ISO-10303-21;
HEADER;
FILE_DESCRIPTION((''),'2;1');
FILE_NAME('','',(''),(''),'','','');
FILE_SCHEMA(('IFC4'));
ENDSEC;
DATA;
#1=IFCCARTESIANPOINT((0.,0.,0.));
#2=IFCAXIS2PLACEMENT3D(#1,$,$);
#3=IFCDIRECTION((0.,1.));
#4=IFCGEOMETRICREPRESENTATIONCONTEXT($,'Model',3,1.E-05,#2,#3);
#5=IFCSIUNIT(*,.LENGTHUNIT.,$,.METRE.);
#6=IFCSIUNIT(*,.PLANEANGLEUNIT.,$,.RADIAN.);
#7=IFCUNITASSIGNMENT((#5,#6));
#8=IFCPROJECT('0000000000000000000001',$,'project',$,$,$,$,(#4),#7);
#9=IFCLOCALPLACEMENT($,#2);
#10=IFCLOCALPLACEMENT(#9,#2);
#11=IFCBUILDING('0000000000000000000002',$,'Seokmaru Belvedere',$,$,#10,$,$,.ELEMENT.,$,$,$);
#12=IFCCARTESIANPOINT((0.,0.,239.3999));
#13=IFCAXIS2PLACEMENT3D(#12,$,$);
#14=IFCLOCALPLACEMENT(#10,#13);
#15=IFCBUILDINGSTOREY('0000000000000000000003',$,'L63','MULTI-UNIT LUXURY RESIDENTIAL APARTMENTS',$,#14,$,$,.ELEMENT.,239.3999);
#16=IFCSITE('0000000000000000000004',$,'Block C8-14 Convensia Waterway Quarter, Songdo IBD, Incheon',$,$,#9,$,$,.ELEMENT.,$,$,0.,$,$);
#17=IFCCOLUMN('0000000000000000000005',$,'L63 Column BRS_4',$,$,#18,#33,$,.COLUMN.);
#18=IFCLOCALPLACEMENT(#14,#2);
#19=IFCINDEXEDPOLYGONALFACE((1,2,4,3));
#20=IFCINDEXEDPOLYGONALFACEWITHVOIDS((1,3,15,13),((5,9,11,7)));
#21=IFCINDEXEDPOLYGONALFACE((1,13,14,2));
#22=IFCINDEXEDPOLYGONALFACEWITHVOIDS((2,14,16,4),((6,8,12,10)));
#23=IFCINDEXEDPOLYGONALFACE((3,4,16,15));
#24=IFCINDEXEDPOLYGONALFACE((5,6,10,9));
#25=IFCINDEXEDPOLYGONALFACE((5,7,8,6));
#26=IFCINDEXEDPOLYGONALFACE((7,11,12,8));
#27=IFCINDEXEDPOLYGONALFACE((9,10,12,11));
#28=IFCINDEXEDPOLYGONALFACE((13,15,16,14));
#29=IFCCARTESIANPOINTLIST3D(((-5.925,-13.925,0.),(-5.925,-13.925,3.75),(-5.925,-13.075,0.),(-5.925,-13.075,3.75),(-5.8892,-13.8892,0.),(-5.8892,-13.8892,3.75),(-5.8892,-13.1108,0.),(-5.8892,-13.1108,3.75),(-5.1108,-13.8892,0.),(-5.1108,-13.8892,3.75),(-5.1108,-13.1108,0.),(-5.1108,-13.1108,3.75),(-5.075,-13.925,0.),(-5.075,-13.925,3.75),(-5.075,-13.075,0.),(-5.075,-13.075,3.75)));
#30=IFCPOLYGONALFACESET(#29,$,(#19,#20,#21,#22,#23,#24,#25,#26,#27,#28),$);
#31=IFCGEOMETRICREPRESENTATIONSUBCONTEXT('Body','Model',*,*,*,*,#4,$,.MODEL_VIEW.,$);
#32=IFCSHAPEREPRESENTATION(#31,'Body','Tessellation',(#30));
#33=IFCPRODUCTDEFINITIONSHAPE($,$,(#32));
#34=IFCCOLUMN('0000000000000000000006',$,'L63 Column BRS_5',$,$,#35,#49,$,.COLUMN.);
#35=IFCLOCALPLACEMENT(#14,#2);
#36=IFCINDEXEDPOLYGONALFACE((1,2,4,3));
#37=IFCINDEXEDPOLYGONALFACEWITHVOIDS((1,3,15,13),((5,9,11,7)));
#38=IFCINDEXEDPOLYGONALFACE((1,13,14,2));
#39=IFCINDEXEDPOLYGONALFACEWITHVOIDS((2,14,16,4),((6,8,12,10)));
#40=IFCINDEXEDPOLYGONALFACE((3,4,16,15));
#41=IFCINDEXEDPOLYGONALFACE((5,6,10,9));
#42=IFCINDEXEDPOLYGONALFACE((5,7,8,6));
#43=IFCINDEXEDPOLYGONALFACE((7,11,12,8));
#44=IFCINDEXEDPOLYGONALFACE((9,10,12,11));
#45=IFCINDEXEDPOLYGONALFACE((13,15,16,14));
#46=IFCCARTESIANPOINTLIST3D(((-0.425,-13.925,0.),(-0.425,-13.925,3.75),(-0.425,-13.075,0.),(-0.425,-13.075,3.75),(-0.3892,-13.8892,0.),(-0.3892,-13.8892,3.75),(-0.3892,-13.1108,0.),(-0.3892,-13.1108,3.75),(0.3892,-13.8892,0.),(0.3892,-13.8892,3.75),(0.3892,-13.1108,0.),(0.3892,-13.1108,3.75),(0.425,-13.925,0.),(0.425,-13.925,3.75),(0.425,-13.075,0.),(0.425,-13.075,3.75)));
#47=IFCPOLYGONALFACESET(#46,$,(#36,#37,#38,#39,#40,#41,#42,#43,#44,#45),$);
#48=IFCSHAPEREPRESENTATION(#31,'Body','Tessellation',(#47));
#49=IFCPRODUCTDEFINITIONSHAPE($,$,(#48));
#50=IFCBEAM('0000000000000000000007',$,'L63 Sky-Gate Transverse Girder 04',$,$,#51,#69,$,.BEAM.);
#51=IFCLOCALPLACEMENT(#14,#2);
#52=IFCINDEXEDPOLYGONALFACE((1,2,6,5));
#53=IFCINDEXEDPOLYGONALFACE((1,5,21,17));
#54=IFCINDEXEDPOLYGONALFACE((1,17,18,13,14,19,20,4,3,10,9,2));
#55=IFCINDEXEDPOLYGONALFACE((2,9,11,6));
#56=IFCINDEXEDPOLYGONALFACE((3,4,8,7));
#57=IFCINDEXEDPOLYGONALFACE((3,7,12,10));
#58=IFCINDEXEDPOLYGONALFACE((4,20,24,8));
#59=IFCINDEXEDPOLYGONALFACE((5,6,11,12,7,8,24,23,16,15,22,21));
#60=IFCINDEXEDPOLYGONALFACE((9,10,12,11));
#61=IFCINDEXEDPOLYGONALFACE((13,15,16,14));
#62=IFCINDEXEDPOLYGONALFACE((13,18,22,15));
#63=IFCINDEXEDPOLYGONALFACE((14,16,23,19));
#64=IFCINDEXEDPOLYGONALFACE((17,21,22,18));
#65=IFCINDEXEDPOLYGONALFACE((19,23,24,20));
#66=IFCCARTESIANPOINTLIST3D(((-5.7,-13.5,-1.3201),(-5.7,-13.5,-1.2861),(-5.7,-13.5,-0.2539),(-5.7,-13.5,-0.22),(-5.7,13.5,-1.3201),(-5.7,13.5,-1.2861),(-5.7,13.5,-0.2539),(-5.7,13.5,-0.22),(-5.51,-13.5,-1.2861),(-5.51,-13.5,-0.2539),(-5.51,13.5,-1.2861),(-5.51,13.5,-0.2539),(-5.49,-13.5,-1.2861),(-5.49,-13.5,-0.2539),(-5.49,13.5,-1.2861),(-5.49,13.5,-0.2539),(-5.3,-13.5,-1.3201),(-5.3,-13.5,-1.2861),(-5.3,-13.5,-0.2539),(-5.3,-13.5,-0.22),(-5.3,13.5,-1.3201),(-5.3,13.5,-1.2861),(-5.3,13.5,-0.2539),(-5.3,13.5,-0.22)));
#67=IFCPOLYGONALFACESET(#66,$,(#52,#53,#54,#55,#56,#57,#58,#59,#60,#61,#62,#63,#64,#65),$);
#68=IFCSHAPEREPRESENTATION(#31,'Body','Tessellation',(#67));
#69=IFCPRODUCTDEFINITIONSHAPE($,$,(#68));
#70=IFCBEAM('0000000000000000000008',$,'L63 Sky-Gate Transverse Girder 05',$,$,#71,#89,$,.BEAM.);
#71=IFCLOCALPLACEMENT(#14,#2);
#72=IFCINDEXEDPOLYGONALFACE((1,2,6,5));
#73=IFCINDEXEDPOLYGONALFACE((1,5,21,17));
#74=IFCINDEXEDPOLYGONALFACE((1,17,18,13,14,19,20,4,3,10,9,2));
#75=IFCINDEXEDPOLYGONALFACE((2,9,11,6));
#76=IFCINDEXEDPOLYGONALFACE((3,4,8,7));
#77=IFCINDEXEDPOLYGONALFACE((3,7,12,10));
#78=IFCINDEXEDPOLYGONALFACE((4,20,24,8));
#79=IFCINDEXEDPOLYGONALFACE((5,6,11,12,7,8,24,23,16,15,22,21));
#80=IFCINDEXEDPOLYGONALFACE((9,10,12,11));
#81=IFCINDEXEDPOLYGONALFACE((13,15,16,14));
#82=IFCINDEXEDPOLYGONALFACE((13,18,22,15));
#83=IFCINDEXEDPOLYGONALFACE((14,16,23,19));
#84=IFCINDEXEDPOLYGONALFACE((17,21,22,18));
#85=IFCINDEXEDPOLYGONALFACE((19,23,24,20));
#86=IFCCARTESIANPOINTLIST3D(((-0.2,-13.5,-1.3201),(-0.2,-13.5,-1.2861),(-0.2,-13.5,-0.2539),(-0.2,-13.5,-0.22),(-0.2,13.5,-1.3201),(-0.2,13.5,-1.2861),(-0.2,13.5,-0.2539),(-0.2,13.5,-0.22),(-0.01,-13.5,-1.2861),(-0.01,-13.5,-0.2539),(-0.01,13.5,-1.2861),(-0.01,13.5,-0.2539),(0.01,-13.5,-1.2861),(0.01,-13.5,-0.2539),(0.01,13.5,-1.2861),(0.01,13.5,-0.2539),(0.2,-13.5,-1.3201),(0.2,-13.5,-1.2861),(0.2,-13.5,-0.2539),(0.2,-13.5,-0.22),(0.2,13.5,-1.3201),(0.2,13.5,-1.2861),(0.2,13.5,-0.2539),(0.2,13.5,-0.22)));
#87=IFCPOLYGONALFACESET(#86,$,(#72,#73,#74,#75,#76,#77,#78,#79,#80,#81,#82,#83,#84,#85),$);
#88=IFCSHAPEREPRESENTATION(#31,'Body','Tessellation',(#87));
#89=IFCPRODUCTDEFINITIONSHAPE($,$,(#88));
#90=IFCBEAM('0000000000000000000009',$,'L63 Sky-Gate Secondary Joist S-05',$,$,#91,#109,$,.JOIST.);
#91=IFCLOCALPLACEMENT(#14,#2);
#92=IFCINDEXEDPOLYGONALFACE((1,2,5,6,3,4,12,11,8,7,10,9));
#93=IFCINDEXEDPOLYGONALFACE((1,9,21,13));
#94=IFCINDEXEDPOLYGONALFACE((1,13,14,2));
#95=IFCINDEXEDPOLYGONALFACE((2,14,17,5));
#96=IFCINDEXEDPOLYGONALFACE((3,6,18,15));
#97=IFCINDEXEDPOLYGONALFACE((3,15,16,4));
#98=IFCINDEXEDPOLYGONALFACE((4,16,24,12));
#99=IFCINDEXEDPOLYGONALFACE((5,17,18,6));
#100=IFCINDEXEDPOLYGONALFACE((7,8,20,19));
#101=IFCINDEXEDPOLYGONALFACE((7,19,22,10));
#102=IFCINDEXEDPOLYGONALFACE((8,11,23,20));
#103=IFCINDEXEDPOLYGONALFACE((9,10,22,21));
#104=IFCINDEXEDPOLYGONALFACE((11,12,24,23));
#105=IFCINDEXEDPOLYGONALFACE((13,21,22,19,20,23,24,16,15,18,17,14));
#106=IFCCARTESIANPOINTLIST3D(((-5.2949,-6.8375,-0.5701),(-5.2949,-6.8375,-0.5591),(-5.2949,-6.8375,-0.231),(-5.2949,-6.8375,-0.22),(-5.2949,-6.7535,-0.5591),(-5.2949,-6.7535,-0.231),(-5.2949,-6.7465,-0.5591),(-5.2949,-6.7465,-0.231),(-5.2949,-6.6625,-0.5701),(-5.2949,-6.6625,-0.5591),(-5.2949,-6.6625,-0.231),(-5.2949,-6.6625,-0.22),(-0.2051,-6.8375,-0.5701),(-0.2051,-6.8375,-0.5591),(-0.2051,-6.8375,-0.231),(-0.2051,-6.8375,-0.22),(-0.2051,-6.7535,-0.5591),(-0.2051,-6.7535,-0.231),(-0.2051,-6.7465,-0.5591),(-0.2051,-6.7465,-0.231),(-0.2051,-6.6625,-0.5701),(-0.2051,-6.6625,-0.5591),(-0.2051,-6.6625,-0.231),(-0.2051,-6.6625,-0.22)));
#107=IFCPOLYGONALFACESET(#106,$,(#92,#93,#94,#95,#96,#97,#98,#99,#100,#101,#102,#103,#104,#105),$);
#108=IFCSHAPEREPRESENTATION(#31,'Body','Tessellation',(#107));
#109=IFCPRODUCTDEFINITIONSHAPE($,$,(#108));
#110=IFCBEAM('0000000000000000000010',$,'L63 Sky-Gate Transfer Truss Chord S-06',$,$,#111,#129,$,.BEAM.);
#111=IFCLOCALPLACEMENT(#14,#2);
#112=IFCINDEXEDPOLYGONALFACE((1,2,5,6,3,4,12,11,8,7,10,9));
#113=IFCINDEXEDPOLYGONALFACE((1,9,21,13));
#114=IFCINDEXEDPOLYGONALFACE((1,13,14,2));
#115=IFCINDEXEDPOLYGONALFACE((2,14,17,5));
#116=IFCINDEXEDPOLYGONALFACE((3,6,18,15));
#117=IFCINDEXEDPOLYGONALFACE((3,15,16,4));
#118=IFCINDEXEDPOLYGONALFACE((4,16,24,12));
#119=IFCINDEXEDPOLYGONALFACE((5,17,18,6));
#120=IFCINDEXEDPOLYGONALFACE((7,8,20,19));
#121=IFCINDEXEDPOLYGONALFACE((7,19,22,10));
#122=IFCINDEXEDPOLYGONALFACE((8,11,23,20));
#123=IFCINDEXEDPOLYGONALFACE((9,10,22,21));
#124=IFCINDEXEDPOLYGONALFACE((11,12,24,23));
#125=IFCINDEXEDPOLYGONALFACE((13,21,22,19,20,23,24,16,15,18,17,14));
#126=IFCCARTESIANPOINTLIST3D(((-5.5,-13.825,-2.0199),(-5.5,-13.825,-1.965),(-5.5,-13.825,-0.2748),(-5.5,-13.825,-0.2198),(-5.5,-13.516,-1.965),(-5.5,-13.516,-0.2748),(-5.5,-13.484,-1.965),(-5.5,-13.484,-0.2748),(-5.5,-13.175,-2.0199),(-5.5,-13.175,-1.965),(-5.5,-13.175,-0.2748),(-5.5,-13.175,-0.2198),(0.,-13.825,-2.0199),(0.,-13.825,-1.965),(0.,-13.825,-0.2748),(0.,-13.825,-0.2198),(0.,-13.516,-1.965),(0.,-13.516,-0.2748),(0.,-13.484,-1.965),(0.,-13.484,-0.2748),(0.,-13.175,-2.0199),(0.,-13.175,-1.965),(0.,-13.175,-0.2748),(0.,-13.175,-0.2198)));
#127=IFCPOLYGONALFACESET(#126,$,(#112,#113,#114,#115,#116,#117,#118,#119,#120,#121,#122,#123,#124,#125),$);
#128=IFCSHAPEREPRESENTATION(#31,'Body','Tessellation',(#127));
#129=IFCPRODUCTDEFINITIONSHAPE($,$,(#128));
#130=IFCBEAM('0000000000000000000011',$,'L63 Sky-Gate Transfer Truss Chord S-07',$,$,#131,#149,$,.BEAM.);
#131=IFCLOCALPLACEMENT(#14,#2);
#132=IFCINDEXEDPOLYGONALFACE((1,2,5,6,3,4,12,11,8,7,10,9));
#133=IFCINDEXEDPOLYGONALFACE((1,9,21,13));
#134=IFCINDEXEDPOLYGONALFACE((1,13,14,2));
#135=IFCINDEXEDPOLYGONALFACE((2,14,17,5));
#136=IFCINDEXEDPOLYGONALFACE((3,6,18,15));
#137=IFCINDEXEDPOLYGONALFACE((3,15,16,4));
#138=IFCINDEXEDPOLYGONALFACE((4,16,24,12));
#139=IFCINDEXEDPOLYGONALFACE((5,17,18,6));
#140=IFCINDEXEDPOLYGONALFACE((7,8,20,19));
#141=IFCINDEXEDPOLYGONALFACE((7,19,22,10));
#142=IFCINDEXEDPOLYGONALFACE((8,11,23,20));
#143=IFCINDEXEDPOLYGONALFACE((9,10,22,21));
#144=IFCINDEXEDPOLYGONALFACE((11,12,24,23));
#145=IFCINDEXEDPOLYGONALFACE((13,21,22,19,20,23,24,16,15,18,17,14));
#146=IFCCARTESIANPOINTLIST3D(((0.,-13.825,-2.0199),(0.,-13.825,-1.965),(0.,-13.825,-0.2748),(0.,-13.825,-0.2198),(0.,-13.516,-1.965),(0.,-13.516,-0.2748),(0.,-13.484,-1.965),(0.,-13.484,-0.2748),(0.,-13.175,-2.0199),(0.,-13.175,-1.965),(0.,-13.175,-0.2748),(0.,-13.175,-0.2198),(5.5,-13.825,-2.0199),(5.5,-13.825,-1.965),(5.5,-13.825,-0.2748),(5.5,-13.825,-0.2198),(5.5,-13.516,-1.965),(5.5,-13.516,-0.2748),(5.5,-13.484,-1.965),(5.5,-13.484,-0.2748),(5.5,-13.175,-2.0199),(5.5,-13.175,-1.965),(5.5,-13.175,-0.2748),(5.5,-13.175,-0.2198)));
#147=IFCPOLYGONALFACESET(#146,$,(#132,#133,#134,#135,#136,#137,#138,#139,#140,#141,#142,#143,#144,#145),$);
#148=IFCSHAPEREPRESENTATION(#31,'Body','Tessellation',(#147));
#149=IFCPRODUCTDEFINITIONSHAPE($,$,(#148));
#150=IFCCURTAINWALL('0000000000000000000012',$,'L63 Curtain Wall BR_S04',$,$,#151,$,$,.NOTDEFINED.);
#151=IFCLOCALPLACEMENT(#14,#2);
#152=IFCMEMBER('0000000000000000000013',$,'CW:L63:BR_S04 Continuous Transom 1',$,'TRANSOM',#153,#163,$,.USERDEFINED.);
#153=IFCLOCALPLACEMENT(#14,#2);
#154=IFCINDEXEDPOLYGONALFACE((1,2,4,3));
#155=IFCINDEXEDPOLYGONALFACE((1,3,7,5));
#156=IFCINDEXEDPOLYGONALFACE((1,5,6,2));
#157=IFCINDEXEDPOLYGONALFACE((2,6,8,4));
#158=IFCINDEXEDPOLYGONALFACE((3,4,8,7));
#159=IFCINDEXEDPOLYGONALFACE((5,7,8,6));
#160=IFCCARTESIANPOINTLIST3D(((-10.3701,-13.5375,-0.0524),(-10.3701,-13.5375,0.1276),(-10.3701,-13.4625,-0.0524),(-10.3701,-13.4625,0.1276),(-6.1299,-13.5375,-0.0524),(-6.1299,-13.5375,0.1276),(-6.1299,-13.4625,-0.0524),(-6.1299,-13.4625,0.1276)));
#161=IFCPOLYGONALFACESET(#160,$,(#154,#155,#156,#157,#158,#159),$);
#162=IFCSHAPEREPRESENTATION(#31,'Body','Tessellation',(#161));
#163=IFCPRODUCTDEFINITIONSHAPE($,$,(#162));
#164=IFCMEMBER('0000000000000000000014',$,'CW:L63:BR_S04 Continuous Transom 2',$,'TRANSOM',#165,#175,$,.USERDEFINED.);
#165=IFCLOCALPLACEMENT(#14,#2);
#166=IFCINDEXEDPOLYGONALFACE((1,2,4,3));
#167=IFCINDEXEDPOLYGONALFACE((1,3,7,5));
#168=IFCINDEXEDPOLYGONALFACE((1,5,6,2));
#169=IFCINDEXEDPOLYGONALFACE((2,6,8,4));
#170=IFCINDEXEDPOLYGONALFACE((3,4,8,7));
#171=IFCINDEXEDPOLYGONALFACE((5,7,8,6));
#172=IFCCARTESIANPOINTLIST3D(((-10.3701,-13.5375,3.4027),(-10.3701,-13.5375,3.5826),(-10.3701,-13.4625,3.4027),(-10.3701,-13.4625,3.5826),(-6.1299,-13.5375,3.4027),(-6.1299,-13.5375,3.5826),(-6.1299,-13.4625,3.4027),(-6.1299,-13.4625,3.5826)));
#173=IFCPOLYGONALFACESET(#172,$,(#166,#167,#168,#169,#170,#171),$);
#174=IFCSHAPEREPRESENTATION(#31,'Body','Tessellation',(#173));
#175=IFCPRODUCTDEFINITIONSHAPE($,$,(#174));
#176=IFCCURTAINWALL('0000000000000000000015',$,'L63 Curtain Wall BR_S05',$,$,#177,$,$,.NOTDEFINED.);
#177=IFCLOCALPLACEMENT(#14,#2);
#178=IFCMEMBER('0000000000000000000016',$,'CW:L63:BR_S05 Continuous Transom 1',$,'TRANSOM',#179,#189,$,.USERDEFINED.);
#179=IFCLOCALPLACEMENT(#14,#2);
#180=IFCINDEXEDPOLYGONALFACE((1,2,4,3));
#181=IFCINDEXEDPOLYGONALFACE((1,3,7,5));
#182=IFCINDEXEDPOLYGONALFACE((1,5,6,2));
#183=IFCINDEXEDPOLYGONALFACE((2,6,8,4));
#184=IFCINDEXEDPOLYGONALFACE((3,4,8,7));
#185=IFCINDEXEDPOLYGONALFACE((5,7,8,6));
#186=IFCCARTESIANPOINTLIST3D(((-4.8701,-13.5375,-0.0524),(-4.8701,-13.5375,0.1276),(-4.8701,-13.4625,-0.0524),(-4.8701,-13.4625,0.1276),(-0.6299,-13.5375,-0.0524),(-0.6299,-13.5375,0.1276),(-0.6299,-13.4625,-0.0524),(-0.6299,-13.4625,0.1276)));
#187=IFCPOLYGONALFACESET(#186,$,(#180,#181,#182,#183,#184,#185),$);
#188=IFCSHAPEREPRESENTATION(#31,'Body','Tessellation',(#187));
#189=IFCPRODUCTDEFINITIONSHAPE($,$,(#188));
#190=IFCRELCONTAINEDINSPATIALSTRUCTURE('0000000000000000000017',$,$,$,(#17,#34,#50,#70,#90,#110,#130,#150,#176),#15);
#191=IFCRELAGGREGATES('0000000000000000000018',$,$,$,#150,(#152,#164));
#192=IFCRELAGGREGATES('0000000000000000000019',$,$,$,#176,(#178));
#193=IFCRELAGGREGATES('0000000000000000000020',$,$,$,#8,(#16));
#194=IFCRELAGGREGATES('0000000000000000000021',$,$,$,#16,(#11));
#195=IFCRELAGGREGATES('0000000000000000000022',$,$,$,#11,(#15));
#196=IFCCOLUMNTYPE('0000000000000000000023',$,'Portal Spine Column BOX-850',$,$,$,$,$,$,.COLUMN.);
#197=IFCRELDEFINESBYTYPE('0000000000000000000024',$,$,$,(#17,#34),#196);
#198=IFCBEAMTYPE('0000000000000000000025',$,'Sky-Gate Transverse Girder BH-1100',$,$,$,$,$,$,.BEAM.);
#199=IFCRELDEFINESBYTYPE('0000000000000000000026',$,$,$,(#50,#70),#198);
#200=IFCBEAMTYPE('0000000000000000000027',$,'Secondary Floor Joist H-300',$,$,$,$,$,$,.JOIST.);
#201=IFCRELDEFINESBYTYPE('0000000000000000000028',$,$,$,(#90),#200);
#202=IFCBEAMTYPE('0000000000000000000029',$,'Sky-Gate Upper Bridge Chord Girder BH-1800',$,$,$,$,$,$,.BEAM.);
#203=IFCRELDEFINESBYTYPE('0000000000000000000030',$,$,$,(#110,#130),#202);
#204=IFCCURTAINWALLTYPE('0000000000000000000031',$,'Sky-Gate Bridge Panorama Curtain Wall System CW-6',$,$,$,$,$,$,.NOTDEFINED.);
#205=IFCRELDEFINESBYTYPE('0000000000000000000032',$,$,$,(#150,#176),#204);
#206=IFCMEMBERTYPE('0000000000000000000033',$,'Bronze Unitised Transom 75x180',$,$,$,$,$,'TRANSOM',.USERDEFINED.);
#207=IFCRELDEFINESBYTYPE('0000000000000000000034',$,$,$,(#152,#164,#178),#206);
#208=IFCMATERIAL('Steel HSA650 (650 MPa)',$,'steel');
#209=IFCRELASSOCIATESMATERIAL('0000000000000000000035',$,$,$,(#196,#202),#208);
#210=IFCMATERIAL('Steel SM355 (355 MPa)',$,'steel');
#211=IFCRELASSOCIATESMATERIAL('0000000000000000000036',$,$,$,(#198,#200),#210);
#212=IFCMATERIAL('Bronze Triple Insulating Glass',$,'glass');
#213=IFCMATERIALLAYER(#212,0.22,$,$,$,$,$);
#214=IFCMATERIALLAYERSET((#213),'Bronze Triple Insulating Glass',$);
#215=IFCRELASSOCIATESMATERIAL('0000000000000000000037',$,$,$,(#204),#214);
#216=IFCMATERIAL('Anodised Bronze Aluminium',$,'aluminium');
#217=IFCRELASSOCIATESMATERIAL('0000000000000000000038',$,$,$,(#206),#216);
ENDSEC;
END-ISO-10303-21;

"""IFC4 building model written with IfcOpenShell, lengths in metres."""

from ifc_helpers import new_model, si_unit, direction, frame, origin, origin_2d, place, context, subcontext, project, spatial, rectangle, hollow_rectangle, i_section, extrude, source, transform, mapped, material, layer, layer_set, material_profile, profile_set, type_object, type_shapes, element, aggregate, save


model = new_model("IFC4")

# Units and contexts
model_context = context("Model", 3, precision=1e-05, world=origin(), true_north=direction((0.0, 1.0)))
body_context = subcontext(model_context, "Body", "Model", "MODEL_VIEW")
ifc_project = project(units=[si_unit("LENGTHUNIT", "METRE"), si_unit("PLANEANGLEUNIT", "RADIAN")], contexts=[model_context])

# Site, building, storey
site_placement = place(None, origin())
site = spatial("IfcSite", under=ifc_project, at=site_placement, Name="Block C8-14 Convensia Waterway Quarter, Songdo IBD, Incheon", CompositionType="ELEMENT", RefElevation=0.0)
building_placement = place(site_placement, origin())
building = spatial("IfcBuilding", under=site, at=building_placement, Name="Seokmaru Belvedere", CompositionType="ELEMENT")
storey_placement = place(building_placement, frame((0.0, 0.0, 239.3999)))
storey = spatial("IfcBuildingStorey", under=building, at=storey_placement, Name="L63", Description="MULTI-UNIT LUXURY RESIDENTIAL APARTMENTS", CompositionType="ELEMENT", Elevation=239.3999)

# Columns
ifc_material_1 = material(Name="Steel HSA650 (650 MPa)", Category="steel")
ifc_material_profile_1 = material_profile(ifc_material_1, hollow_rectangle(XDim=0.8501, YDim=0.8501, WallThickness=0.0359, at=origin_2d()), Name="BOX-850x850x36")
ifc_profile_set_1 = profile_set([ifc_material_profile_1], Name="Steel HSA650 (650 MPa)")
column_type = type_object("IfcColumnType", Name="Portal Spine Column BOX-850", PredefinedType="COLUMN", material=ifc_profile_set_1)
shared_shape_1 = source(origin(), body_context, "Body", "SweptSolid", [
    extrude(hollow_rectangle(XDim=0.8501, YDim=0.8501, WallThickness=0.0359, at=origin_2d()), origin(), (0.0, 0.0, 1.0), 3.75),
])
type_shapes(column_type, [shared_shape_1])
for number, where, z_axis, x_axis, name in (
    (1, (-5.5, -13.5, 0.0), (0.0, 0.0, 1.0), (1.0, 0.0, 0.0), "L63 Column BRS_4"),
    (2, (0.0, -13.5, 0.0), (0.0, 0.0, 1.0), (1.0, 0.0, 0.0), "L63 Column BRS_5"),
):
    element("IfcColumn", number, at=place(storey_placement, frame(where, z_axis=z_axis, x_axis=x_axis)), inside=storey, type_object=column_type, Name=name, PredefinedType="COLUMN", context=body_context, shape_type="MappedRepresentation", body=[
        mapped(shared_shape_1, transform((0.0, 0.0, 0.0), scale=1.0)),
    ])

# Beams
ifc_material_2 = material(Name="Steel SM355 (355 MPa)", Category="steel")
ifc_material_profile_2 = material_profile(ifc_material_2, i_section(OverallWidth=0.3999, OverallDepth=1.1001, WebThickness=0.02, FlangeThickness=0.0339, at=origin_2d()), Name="BH-1100x400x20x34")
ifc_profile_set_2 = profile_set([ifc_material_profile_2], Name="Steel SM355 (355 MPa)")
beam_type_1 = type_object("IfcBeamType", Name="Sky-Gate Transverse Girder BH-1100", PredefinedType="BEAM", material=ifc_profile_set_2)
shared_shape_2 = source(origin(), body_context, "Body", "SweptSolid", [
    extrude(i_section(OverallWidth=0.3999, OverallDepth=1.1001, WebThickness=0.02, FlangeThickness=0.0339, at=origin_2d()), origin(), (0.0, 0.0, 1.0), 27.0),
])
type_shapes(beam_type_1, [shared_shape_2])
for number, where, z_axis, x_axis, name in (
    (3, (-5.5, -13.5, -0.77), (0.0, 1.0, 0.0), (-1.0, 0.0, 0.0), "L63 Sky-Gate Transverse Girder 04"),
    (4, (0.0, -13.5, -0.77), (0.0, 1.0, 0.0), (-1.0, 0.0, 0.0), "L63 Sky-Gate Transverse Girder 05"),
):
    element("IfcBeam", number, at=place(storey_placement, frame(where, z_axis=z_axis, x_axis=x_axis)), inside=storey, type_object=beam_type_1, Name=name, PredefinedType="BEAM", context=body_context, shape_type="MappedRepresentation", body=[
        mapped(shared_shape_2, transform((0.0, 0.0, 0.0), scale=1.0)),
    ])
ifc_material_profile_3 = material_profile(ifc_material_2, i_section(OverallWidth=0.175, OverallDepth=0.3501, WebThickness=0.0071, FlangeThickness=0.011, at=origin_2d()), Name="H-350x175x7x11")
ifc_profile_set_3 = profile_set([ifc_material_profile_3], Name="Steel SM355 (355 MPa)")
beam_type_2 = type_object("IfcBeamType", Name="Secondary Floor Joist H-300", PredefinedType="JOIST", material=ifc_profile_set_3)
shared_shape_3 = source(origin(), body_context, "Body", "SweptSolid", [
    extrude(i_section(OverallWidth=0.175, OverallDepth=0.3501, WebThickness=0.0071, FlangeThickness=0.011, at=origin_2d()), origin(), (0.0, 0.0, 1.0), 5.0898),
])
type_shapes(beam_type_2, [shared_shape_3])
beam_placement = place(storey_placement, frame((-5.2949, -6.75, -0.395), z_axis=(1.0, 0.0, 0.0), x_axis=(0.0, 1.0, 0.0)))
element("IfcBeam", 5, at=beam_placement, inside=storey, type_object=beam_type_2, Name="L63 Sky-Gate Secondary Joist S-05", PredefinedType="JOIST", context=body_context, shape_type="MappedRepresentation", body=[
    mapped(shared_shape_3, transform((0.0, 0.0, 0.0), scale=1.0)),
])
ifc_material_profile_4 = material_profile(ifc_material_1, i_section(OverallWidth=0.6499, OverallDepth=1.8, WebThickness=0.032, FlangeThickness=0.0549, at=origin_2d()), Name="BH-1800x650x32x55")
ifc_profile_set_4 = profile_set([ifc_material_profile_4], Name="Steel HSA650 (650 MPa)")
beam_type_3 = type_object("IfcBeamType", Name="Sky-Gate Upper Bridge Chord Girder BH-1800", PredefinedType="BEAM", material=ifc_profile_set_4)
shared_shape_4 = source(origin(), body_context, "Body", "SweptSolid", [
    extrude(i_section(OverallWidth=0.6499, OverallDepth=1.8, WebThickness=0.032, FlangeThickness=0.0549, at=origin_2d()), origin(), (0.0, 0.0, 1.0), 5.5),
])
type_shapes(beam_type_3, [shared_shape_4])
for number, where, z_axis, x_axis, name in (
    (6, (-5.5, -13.5, -1.1199), (1.0, 0.0, 0.0), (0.0, 1.0, 0.0), "L63 Sky-Gate Transfer Truss Chord S-06"),
    (7, (0.0, -13.5, -1.1199), (1.0, 0.0, 0.0), (0.0, 1.0, 0.0), "L63 Sky-Gate Transfer Truss Chord S-07"),
):
    element("IfcBeam", number, at=place(storey_placement, frame(where, z_axis=z_axis, x_axis=x_axis)), inside=storey, type_object=beam_type_3, Name=name, PredefinedType="BEAM", context=body_context, shape_type="MappedRepresentation", body=[
        mapped(shared_shape_4, transform((0.0, 0.0, 0.0), scale=1.0)),
    ])

# Curtain walls, members
ifc_material_3 = material(Name="Bronze Triple Insulating Glass", Category="glass")
ifc_layer_1 = layer(ifc_material_3, 0.22)
ifc_layer_set_1 = layer_set([ifc_layer_1], Name="Bronze Triple Insulating Glass")
curtain_wall_type = type_object("IfcCurtainWallType", Name="Sky-Gate Bridge Panorama Curtain Wall System CW-6", PredefinedType="NOTDEFINED", material=ifc_layer_set_1)
curtain_wall_1_placement = place(storey_placement, origin())
curtain_wall_1 = element("IfcCurtainWall", 8, at=curtain_wall_1_placement, inside=storey, type_object=curtain_wall_type, Name="L63 Curtain Wall BR_S04", PredefinedType="NOTDEFINED")
ifc_material_4 = material(Name="Anodised Bronze Aluminium", Category="aluminium")
ifc_material_profile_5 = material_profile(ifc_material_4, rectangle(XDim=0.075, YDim=0.1799, at=origin_2d()), Name="CW-T-75x180")
ifc_profile_set_5 = profile_set([ifc_material_profile_5], Name="Anodised Bronze Aluminium")
member_type_1 = type_object("IfcMemberType", Name="Bronze Unitised Transom 75x180", ElementType="TRANSOM", PredefinedType="USERDEFINED", material=ifc_profile_set_5)
shared_shape_5 = source(origin(), body_context, "Body", "SweptSolid", [
    extrude(rectangle(XDim=0.075, YDim=0.1799, at=origin_2d()), origin(), (0.0, 0.0, 1.0), 4.2402),
])
type_shapes(member_type_1, [shared_shape_5])
member_1_placement = place(storey_placement, frame((-10.3701, -13.5, 0.0376), z_axis=(1.0, 0.0, 0.0), x_axis=(0.0, 1.0, 0.0)))
member_1 = element("IfcMember", 9, at=member_1_placement, type_object=member_type_1, Name="CW:L63:BR_S04 Continuous Transom 1", ObjectType="TRANSOM", PredefinedType="USERDEFINED", context=body_context, shape_type="MappedRepresentation", body=[
    mapped(shared_shape_5, transform((0.0, 0.0, 0.0), scale=1.0)),
])
member_2_placement = place(storey_placement, frame((-10.3701, -13.5, 3.4927), z_axis=(1.0, 0.0, 0.0), x_axis=(0.0, 1.0, 0.0)))
member_2 = element("IfcMember", 10, at=member_2_placement, type_object=member_type_1, Name="CW:L63:BR_S04 Continuous Transom 2", ObjectType="TRANSOM", PredefinedType="USERDEFINED", context=body_context, shape_type="MappedRepresentation", body=[
    mapped(shared_shape_5, transform((0.0, 0.0, 0.0), scale=1.0)),
])
curtain_wall_2_placement = place(storey_placement, origin())
curtain_wall_2 = element("IfcCurtainWall", 11, at=curtain_wall_2_placement, inside=storey, type_object=curtain_wall_type, Name="L63 Curtain Wall BR_S05", PredefinedType="NOTDEFINED")
member_3_placement = place(storey_placement, frame((-4.8701, -13.5, 0.0376), z_axis=(1.0, 0.0, 0.0), x_axis=(0.0, 1.0, 0.0)))
member_3 = element("IfcMember", 12, at=member_3_placement, type_object=member_type_1, Name="CW:L63:BR_S05 Continuous Transom 1", ObjectType="TRANSOM", PredefinedType="USERDEFINED", context=body_context, shape_type="MappedRepresentation", body=[
    mapped(shared_shape_5, transform((0.0, 0.0, 0.0), scale=1.0)),
])

aggregate(curtain_wall_1, [member_1, member_2])
aggregate(curtain_wall_2, [member_3])

save(model, "model.ifc")
